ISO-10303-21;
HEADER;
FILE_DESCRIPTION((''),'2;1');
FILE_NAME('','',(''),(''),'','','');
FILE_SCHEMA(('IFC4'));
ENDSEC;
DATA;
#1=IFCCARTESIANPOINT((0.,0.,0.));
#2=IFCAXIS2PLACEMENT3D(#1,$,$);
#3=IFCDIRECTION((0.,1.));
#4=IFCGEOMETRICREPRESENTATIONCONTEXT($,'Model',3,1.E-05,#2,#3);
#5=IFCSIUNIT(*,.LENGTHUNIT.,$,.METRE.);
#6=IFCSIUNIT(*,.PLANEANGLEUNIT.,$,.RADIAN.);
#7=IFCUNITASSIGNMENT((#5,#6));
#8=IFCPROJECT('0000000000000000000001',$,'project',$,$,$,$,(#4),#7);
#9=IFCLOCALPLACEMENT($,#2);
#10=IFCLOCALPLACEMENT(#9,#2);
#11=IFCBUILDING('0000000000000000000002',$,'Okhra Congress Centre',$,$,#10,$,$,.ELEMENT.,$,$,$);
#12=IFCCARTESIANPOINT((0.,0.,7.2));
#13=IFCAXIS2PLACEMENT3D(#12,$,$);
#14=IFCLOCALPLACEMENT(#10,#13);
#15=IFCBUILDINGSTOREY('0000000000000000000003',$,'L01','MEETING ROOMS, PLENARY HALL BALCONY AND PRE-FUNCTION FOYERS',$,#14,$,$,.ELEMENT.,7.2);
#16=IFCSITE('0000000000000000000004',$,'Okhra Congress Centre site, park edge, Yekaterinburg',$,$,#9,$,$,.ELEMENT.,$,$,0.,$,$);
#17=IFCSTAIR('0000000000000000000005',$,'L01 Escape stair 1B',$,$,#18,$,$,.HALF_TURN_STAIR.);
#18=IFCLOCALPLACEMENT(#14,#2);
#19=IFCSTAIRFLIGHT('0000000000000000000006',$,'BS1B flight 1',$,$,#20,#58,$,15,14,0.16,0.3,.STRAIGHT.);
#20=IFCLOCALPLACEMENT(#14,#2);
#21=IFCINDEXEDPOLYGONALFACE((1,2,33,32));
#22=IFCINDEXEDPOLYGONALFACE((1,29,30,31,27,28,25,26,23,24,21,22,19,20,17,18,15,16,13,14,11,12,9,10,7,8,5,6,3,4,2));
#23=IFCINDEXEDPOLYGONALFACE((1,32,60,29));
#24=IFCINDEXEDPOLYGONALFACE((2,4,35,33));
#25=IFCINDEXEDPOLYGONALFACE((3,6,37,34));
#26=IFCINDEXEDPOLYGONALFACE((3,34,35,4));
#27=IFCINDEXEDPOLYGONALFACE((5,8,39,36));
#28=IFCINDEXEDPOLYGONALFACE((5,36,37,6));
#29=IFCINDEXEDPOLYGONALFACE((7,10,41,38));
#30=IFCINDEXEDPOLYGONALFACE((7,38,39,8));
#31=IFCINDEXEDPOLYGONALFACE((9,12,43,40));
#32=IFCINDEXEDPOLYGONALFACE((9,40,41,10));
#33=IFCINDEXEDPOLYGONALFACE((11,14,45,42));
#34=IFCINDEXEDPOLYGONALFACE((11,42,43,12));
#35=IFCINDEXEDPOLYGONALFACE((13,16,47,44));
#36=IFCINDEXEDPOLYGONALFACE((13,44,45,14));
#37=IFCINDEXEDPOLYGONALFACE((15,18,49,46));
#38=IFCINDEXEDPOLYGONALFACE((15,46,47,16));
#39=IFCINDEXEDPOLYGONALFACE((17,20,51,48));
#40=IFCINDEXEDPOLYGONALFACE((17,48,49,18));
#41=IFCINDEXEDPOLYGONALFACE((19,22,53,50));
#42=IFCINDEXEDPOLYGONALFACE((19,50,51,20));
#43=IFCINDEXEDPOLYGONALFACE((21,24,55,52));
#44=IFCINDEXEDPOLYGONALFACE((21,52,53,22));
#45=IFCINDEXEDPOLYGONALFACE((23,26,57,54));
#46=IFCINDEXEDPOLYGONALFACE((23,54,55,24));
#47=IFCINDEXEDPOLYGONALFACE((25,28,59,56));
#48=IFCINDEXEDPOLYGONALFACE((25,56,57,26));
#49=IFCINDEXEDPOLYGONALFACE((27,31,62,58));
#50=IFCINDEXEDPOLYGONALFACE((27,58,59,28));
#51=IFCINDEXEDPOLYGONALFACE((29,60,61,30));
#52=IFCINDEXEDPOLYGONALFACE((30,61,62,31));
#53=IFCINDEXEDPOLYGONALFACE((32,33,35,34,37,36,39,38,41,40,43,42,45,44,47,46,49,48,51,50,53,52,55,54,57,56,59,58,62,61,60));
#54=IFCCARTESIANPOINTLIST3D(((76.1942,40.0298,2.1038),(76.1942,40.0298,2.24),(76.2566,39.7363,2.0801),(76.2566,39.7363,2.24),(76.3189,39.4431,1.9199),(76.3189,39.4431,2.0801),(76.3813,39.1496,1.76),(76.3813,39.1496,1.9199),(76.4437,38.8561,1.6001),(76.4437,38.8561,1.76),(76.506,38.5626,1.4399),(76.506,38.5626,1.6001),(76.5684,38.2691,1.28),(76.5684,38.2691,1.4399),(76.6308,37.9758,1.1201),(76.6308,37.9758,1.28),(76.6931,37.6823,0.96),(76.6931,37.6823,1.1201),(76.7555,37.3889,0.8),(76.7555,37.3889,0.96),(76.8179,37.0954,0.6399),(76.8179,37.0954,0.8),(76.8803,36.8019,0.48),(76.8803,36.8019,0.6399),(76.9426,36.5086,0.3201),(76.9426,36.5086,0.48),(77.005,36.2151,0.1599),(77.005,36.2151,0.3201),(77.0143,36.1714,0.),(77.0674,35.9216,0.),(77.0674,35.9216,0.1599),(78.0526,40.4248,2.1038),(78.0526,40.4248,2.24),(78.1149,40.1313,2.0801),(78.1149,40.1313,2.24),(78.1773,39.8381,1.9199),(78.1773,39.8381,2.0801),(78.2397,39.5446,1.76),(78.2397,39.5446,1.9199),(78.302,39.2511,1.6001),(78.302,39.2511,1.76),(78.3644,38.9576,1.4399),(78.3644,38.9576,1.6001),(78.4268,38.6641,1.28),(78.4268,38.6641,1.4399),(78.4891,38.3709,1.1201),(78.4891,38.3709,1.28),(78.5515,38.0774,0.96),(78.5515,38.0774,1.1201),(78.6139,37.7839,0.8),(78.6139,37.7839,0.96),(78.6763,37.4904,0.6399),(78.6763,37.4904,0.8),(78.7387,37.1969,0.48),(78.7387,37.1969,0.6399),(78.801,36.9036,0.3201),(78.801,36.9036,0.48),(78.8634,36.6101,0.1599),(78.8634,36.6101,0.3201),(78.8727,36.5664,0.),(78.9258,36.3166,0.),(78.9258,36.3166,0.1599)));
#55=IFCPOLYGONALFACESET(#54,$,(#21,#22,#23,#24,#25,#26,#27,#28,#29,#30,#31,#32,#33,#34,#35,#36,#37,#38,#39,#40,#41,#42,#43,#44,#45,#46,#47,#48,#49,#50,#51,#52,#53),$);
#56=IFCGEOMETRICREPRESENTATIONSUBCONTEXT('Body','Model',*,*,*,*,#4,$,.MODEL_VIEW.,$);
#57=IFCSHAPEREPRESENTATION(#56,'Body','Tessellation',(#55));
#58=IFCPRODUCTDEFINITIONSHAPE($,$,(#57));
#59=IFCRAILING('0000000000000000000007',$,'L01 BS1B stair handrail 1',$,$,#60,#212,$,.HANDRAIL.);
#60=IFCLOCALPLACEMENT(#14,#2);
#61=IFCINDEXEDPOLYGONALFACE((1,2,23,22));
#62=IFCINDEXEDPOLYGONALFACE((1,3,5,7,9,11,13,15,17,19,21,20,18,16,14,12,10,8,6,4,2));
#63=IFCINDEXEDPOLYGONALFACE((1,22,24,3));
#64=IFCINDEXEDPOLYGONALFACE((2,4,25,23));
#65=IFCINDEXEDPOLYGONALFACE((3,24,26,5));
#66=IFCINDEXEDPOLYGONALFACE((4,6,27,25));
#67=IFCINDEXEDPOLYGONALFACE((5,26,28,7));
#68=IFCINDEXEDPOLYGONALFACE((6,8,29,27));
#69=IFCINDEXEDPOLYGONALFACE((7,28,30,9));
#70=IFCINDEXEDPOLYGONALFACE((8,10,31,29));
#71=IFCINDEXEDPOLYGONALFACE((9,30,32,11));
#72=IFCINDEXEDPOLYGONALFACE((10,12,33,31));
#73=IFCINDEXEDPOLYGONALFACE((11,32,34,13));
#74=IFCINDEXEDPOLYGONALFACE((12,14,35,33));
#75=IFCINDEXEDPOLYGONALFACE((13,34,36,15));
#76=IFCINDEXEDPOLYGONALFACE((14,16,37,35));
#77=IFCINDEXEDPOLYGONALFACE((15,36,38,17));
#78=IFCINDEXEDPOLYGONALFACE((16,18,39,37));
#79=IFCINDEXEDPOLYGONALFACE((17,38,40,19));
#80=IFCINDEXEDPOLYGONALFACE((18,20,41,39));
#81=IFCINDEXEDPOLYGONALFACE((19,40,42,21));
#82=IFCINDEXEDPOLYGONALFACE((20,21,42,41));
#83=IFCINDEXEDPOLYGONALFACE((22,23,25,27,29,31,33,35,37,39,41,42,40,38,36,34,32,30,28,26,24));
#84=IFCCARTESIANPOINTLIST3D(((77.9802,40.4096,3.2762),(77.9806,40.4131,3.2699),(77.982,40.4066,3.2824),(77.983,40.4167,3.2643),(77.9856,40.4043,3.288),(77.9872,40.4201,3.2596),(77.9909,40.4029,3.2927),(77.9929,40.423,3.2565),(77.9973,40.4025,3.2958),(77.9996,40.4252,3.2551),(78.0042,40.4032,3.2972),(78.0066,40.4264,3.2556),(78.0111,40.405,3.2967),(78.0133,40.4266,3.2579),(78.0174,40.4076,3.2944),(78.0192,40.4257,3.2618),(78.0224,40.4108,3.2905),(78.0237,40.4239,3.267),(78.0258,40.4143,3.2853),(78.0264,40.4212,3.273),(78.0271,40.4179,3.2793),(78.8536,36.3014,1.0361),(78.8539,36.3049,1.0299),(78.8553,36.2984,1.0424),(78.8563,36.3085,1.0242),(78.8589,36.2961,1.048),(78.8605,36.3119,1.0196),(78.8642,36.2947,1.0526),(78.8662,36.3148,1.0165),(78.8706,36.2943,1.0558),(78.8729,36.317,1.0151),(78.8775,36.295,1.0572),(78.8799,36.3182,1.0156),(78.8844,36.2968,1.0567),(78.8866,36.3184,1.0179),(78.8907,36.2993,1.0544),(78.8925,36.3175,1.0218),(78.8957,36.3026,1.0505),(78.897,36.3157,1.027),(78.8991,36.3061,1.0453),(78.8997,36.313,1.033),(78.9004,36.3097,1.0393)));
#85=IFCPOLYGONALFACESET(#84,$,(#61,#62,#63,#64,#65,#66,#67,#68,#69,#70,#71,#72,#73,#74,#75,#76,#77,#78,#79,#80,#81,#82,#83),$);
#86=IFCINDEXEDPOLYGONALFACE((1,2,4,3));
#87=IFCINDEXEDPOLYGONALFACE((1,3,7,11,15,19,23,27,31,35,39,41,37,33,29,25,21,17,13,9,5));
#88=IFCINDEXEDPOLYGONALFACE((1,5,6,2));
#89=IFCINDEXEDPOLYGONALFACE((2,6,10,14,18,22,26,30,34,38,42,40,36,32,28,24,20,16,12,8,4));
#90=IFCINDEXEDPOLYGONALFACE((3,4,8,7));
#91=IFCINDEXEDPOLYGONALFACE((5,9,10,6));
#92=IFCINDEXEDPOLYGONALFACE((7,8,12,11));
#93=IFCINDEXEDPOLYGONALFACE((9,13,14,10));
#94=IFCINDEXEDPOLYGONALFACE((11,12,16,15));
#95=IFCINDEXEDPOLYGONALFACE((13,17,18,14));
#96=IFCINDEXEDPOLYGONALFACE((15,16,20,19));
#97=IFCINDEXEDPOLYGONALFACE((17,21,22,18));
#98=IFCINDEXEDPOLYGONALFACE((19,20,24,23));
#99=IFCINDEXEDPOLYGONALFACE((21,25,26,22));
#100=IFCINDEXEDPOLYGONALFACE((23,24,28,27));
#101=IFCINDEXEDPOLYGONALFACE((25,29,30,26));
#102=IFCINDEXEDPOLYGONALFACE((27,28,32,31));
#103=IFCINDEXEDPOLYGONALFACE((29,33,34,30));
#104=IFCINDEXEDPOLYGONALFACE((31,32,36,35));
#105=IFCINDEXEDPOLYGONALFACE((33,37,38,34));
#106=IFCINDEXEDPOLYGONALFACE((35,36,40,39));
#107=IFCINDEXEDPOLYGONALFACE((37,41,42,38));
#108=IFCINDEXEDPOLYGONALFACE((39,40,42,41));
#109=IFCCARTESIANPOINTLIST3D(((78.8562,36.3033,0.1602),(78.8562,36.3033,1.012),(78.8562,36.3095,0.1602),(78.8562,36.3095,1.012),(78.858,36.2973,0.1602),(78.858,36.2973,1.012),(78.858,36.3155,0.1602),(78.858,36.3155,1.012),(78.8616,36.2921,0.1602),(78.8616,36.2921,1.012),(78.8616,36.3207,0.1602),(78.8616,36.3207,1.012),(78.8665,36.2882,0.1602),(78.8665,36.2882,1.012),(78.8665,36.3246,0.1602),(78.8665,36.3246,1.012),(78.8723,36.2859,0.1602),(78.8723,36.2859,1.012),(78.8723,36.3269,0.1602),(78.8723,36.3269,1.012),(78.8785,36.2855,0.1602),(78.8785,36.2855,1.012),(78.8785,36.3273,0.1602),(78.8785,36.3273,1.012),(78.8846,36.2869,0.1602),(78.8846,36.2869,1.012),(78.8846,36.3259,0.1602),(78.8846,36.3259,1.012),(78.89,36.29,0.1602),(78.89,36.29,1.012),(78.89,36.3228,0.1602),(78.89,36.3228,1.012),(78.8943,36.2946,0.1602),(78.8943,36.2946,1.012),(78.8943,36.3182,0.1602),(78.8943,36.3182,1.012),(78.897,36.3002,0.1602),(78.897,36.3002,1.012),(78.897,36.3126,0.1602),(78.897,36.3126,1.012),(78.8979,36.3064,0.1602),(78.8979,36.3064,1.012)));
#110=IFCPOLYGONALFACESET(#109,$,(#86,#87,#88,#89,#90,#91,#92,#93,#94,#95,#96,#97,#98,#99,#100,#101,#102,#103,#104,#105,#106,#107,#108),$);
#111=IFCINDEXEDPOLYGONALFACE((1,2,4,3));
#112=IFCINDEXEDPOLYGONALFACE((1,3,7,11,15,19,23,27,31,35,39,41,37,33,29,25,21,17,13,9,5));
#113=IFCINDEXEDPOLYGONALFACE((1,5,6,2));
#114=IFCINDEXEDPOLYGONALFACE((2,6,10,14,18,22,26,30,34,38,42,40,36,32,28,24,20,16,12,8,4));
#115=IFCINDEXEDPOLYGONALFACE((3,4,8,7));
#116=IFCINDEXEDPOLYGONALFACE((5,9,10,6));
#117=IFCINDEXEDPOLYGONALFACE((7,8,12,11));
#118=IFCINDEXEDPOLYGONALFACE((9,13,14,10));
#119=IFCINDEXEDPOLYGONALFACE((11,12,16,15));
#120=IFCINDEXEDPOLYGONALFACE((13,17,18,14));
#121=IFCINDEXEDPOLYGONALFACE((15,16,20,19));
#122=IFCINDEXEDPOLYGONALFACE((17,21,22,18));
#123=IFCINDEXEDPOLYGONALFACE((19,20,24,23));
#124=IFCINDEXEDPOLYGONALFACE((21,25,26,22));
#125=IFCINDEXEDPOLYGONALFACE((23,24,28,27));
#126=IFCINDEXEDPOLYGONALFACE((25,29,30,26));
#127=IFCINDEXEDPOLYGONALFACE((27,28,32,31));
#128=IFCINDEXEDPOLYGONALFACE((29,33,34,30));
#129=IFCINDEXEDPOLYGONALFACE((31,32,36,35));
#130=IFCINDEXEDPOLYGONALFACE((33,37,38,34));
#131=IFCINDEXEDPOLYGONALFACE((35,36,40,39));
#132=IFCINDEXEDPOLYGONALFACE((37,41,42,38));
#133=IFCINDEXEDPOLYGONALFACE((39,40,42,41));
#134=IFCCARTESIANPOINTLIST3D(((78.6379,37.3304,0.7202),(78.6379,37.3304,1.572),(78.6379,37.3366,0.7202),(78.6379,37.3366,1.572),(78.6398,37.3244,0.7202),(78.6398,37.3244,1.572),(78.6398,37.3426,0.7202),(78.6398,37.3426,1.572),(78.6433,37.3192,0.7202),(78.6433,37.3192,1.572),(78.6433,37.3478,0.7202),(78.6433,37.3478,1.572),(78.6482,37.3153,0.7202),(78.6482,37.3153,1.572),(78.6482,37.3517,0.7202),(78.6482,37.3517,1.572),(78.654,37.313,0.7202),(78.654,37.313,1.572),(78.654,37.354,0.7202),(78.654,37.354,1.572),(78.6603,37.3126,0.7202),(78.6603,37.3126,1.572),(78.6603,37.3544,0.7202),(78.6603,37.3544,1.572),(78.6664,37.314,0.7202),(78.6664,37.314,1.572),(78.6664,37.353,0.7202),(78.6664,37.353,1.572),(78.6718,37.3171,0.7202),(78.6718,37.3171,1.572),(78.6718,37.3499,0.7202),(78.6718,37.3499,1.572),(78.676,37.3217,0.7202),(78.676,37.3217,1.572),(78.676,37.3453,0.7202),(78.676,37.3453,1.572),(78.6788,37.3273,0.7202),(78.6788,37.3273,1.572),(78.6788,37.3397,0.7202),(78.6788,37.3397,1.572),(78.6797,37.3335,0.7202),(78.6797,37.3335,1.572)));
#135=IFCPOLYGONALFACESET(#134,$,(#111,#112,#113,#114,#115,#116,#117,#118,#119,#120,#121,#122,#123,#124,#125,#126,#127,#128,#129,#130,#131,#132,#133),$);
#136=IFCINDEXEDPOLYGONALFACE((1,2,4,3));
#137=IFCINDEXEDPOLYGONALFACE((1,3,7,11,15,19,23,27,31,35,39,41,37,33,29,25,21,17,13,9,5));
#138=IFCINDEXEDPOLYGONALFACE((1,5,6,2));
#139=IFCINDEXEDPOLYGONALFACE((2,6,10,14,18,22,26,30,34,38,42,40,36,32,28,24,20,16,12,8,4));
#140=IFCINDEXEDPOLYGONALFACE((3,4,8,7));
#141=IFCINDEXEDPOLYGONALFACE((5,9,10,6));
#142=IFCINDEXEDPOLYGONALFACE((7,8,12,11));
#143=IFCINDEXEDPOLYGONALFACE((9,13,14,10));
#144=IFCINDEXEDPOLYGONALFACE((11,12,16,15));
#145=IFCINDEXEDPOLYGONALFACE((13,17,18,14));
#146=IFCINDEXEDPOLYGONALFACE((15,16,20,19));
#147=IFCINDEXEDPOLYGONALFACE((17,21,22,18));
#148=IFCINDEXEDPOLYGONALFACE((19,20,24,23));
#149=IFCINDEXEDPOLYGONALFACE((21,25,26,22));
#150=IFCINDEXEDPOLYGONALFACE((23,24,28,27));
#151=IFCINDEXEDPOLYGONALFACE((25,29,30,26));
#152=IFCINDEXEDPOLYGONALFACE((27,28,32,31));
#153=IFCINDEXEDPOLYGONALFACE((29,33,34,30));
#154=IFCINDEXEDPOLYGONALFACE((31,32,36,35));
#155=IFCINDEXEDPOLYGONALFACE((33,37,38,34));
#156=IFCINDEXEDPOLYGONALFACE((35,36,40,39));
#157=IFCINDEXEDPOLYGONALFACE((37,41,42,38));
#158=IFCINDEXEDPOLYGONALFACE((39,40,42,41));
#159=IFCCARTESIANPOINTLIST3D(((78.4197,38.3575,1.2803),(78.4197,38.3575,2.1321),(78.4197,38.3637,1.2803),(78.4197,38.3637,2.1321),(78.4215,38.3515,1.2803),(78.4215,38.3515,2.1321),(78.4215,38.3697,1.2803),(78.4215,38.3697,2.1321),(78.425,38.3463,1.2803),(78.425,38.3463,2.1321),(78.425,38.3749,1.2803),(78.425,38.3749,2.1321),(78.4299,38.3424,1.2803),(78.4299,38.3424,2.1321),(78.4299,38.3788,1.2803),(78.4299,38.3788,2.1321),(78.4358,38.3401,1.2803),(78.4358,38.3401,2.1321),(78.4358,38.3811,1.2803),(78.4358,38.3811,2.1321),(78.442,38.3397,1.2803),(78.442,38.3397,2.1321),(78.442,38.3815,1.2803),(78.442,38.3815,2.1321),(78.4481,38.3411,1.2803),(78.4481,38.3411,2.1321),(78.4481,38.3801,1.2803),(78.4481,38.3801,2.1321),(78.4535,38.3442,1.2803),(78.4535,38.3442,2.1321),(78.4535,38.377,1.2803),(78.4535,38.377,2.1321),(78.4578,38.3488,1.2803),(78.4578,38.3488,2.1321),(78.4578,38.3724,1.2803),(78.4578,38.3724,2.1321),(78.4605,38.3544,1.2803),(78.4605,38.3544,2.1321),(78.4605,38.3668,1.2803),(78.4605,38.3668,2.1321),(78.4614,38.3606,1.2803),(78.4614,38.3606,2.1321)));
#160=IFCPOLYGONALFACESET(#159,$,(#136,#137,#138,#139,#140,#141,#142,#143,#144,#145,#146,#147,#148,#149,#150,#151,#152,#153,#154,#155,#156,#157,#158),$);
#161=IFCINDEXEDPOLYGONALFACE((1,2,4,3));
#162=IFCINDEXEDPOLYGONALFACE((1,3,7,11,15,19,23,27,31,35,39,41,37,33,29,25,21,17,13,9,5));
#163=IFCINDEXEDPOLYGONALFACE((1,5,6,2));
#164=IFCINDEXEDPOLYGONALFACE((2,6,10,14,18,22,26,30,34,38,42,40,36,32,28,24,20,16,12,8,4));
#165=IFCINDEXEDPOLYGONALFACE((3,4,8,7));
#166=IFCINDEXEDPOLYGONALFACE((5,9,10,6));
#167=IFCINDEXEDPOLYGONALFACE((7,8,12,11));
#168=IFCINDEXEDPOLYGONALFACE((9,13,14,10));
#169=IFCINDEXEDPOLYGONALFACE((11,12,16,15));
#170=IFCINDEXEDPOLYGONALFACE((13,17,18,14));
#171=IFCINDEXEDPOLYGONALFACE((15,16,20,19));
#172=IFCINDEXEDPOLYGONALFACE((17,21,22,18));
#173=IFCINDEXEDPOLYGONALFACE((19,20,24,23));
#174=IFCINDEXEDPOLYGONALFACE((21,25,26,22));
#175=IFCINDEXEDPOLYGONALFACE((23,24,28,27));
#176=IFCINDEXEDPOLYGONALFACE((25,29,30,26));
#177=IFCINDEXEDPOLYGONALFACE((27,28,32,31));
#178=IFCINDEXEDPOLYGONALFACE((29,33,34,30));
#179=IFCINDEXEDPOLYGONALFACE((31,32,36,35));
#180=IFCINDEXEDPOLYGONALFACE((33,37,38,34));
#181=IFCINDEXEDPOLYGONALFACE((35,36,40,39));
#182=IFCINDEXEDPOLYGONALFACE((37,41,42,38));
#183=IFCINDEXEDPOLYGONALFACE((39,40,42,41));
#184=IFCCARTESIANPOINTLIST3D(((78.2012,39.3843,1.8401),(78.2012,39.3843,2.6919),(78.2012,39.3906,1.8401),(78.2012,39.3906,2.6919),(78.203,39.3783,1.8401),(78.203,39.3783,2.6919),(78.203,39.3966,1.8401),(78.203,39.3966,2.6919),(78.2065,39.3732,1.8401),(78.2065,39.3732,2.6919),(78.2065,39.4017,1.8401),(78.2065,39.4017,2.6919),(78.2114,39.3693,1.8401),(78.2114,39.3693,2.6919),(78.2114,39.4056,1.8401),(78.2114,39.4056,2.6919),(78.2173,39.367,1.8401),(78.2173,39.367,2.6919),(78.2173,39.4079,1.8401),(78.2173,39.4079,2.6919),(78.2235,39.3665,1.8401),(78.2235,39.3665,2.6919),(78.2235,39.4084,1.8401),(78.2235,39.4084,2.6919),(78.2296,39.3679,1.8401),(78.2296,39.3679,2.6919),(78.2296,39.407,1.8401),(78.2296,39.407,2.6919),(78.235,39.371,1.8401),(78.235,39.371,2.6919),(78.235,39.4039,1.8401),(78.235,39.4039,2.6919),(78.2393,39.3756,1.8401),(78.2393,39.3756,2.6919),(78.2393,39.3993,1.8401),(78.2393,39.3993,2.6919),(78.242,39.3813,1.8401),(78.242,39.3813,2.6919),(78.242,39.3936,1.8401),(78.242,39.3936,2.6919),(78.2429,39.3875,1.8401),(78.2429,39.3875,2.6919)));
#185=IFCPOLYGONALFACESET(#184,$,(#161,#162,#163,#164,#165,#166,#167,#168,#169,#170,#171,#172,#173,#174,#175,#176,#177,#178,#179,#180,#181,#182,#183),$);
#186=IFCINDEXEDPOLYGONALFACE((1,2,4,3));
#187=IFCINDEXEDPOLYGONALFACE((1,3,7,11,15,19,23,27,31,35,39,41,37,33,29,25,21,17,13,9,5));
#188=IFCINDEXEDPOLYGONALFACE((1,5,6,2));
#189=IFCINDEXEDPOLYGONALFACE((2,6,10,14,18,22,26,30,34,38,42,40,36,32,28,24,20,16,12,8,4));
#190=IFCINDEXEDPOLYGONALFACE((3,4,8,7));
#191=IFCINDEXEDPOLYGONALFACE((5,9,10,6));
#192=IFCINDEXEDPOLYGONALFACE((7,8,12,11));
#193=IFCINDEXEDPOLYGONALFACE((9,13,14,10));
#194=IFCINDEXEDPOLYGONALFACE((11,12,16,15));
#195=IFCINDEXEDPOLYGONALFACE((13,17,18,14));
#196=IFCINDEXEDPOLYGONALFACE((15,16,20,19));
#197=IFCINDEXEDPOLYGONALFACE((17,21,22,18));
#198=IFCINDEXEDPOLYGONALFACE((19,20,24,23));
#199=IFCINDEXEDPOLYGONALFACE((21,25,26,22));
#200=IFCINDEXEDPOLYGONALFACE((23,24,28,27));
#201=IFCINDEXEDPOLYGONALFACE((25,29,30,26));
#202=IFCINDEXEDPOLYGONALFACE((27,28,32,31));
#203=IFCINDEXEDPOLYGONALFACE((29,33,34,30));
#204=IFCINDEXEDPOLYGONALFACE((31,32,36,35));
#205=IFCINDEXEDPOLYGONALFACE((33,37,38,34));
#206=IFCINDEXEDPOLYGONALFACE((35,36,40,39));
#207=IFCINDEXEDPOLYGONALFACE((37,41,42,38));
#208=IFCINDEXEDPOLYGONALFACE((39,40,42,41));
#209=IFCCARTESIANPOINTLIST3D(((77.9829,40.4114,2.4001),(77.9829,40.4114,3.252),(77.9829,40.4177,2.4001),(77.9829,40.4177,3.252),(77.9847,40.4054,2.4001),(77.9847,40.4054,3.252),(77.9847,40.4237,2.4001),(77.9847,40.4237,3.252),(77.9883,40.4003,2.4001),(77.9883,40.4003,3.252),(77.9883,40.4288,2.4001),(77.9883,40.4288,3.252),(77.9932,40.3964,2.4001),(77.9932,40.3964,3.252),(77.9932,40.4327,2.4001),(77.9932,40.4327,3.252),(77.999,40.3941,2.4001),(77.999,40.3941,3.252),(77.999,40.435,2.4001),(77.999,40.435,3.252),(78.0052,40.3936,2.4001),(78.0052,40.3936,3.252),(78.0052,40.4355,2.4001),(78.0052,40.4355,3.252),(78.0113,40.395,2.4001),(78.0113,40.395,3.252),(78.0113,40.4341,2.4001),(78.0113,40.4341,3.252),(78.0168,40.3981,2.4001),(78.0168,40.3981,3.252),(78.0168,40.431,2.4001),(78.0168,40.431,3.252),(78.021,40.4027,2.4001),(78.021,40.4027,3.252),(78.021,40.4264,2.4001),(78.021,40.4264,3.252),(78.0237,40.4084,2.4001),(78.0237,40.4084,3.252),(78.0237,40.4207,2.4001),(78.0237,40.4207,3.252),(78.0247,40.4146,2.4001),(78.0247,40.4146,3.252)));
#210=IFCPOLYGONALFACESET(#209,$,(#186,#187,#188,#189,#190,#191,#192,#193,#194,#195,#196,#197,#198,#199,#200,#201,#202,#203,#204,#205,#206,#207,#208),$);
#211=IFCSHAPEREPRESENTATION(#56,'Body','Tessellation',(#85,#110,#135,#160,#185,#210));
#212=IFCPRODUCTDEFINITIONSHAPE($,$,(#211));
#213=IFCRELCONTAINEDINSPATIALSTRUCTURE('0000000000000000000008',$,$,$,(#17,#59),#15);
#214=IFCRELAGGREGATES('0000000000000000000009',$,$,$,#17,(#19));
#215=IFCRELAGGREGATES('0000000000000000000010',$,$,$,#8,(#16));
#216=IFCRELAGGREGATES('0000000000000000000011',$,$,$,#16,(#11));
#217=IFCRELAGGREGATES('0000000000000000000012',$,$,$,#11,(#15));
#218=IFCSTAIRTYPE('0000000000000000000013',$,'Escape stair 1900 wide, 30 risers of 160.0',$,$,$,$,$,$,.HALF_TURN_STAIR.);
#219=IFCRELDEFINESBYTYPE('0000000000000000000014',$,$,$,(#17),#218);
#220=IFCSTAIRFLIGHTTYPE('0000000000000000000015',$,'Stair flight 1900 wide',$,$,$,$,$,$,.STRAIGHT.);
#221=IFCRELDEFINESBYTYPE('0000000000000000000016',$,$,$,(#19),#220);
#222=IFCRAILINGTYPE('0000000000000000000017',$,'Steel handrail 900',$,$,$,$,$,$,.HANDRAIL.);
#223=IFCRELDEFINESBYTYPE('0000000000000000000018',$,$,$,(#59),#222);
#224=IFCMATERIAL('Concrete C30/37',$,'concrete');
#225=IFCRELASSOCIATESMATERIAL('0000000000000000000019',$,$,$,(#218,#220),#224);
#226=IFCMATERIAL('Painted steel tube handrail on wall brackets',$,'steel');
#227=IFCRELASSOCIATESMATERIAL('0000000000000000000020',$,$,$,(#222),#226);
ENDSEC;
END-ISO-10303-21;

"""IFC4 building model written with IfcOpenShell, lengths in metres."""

from ifc_helpers import new_model, si_unit, direction, frame, origin, origin_2d, place, context, subcontext, project, spatial, polyline, circle, outline, extrude, material, type_object, element, aggregate, save


model = new_model("IFC4")

# Units and contexts
model_context = context("Model", 3, precision=1e-05, world=origin(), true_north=direction((0.0, 1.0)))
body_context = subcontext(model_context, "Body", "Model", "MODEL_VIEW")
ifc_project = project(units=[si_unit("LENGTHUNIT", "METRE"), si_unit("PLANEANGLEUNIT", "RADIAN")], contexts=[model_context])

# Site, building, storey
site_placement = place(None, origin())
site = spatial("IfcSite", under=ifc_project, at=site_placement, Name="Okhra Congress Centre site, park edge, Yekaterinburg", CompositionType="ELEMENT", RefElevation=0.0)
building_placement = place(site_placement, origin())
building = spatial("IfcBuilding", under=site, at=building_placement, Name="Okhra Congress Centre", CompositionType="ELEMENT")
storey_placement = place(building_placement, frame((0.0, 0.0, 7.2)))
storey = spatial("IfcBuildingStorey", under=building, at=storey_placement, Name="L01", Description="MEETING ROOMS, PLENARY HALL BALCONY AND PRE-FUNCTION FOYERS", CompositionType="ELEMENT", Elevation=7.2)

# Shared definitions
ifc_material_1 = material(Name="Concrete C30/37", Category="concrete")

# Stair, stair flight
stair_type = type_object("IfcStairType", Name="Escape stair 1900 wide, 30 risers of 160.0", PredefinedType="HALF_TURN_STAIR", material=ifc_material_1)
stair_placement = place(storey_placement, origin())
stair = element("IfcStair", 1, at=stair_placement, inside=storey, type_object=stair_type, Name="L01 Escape stair 1B", PredefinedType="HALF_TURN_STAIR")
stair_flight_type = type_object("IfcStairFlightType", Name="Stair flight 1900 wide", PredefinedType="STRAIGHT", material=ifc_material_1)
stair_flight_placement = place(storey_placement, frame((77.9966, 36.1191, 0.0), z_axis=(0.0, 0.0, 1.0), x_axis=(-0.207912, 0.978148, 0.0)))
stair_flight = element("IfcStairFlight", 2, at=stair_flight_placement, type_object=stair_flight_type, Name="BS1B flight 1", NumberOfRisers=15, NumberOfTreads=14, PredefinedType="STRAIGHT", RiserHeight=0.16, TreadLength=0.3, context=body_context, shape_type="SweptSolid", body=[
    extrude(outline(polyline([(0.0, 0.0), (0.0, 0.1599), (0.3, 0.1599), (0.3, 0.3201), (0.6001, 0.3201), (0.6001, 0.48), (0.8999, 0.48), (0.8999, 0.6399), (1.2, 0.6399), (1.2, 0.8), (1.5, 0.8), (1.5, 0.96), (1.8, 0.96), (1.8, 1.1201), (2.1001, 1.1201), (2.1001, 1.28), (2.3999, 1.28), (2.3999, 1.4399), (2.7, 1.4399), (2.7, 1.6001), (3.0, 1.6001), (3.0, 1.76), (3.3, 1.76), (3.3, 1.9199), (3.6001, 1.9199), (3.6001, 2.0801), (3.8999, 2.0801), (3.8999, 2.24), (4.2, 2.24), (4.2, 2.3999), (4.2, 2.1038), (0.2554, 0.0), (0.0, 0.0)])), frame((0.0, 0.95, 0.0), z_axis=(0.0, -1.0, 0.0), x_axis=(1.0, 0.0, 0.0)), (0.0, 0.0, 1.0), 1.8999),
])
aggregate(stair, [stair_flight])

# Railing
ifc_material_2 = material(Name="Painted steel tube handrail on wall brackets", Category="steel")
railing_type_1 = type_object("IfcRailingType", Name="Steel handrail 900", PredefinedType="HANDRAIL", material=ifc_material_2)
railing_1_placement = place(storey_placement, frame((78.877, 36.3064, 0.1602)))
element("IfcRailing", 3, at=railing_1_placement, inside=storey, type_object=railing_type_1, Name="L01 BS1B stair handrail 1", PredefinedType="HANDRAIL", context=body_context, shape_type="SweptSolid", body=[
    extrude(circle(Radius=0.0239, at=origin_2d()), frame((0.0, 0.0, 0.876), z_axis=(-0.183466, 0.863067, 0.470591), x_axis=(-0.978144, -0.207929, 0.0)), (0.0, 0.0, 1.0), 4.76),
    extrude(circle(Radius=0.021, at=origin_2d()), origin(), (0.0, 0.0, 1.0), 0.8518),
    extrude(circle(Radius=0.021, at=origin_2d()), frame((-0.2183, 1.0271, 0.5601)), (0.0, 0.0, 1.0), 0.8518),
    extrude(circle(Radius=0.021, at=origin_2d()), frame((-0.4365, 2.0542, 1.1201)), (0.0, 0.0, 1.0), 0.8518),
    extrude(circle(Radius=0.021, at=origin_2d()), frame((-0.655, 3.0811, 1.6799)), (0.0, 0.0, 1.0), 0.8518),
    extrude(circle(Radius=0.021, at=origin_2d()), frame((-0.8733, 4.1082, 2.24)), (0.0, 0.0, 1.0), 0.8518),
])

save(model, "model.ifc")
